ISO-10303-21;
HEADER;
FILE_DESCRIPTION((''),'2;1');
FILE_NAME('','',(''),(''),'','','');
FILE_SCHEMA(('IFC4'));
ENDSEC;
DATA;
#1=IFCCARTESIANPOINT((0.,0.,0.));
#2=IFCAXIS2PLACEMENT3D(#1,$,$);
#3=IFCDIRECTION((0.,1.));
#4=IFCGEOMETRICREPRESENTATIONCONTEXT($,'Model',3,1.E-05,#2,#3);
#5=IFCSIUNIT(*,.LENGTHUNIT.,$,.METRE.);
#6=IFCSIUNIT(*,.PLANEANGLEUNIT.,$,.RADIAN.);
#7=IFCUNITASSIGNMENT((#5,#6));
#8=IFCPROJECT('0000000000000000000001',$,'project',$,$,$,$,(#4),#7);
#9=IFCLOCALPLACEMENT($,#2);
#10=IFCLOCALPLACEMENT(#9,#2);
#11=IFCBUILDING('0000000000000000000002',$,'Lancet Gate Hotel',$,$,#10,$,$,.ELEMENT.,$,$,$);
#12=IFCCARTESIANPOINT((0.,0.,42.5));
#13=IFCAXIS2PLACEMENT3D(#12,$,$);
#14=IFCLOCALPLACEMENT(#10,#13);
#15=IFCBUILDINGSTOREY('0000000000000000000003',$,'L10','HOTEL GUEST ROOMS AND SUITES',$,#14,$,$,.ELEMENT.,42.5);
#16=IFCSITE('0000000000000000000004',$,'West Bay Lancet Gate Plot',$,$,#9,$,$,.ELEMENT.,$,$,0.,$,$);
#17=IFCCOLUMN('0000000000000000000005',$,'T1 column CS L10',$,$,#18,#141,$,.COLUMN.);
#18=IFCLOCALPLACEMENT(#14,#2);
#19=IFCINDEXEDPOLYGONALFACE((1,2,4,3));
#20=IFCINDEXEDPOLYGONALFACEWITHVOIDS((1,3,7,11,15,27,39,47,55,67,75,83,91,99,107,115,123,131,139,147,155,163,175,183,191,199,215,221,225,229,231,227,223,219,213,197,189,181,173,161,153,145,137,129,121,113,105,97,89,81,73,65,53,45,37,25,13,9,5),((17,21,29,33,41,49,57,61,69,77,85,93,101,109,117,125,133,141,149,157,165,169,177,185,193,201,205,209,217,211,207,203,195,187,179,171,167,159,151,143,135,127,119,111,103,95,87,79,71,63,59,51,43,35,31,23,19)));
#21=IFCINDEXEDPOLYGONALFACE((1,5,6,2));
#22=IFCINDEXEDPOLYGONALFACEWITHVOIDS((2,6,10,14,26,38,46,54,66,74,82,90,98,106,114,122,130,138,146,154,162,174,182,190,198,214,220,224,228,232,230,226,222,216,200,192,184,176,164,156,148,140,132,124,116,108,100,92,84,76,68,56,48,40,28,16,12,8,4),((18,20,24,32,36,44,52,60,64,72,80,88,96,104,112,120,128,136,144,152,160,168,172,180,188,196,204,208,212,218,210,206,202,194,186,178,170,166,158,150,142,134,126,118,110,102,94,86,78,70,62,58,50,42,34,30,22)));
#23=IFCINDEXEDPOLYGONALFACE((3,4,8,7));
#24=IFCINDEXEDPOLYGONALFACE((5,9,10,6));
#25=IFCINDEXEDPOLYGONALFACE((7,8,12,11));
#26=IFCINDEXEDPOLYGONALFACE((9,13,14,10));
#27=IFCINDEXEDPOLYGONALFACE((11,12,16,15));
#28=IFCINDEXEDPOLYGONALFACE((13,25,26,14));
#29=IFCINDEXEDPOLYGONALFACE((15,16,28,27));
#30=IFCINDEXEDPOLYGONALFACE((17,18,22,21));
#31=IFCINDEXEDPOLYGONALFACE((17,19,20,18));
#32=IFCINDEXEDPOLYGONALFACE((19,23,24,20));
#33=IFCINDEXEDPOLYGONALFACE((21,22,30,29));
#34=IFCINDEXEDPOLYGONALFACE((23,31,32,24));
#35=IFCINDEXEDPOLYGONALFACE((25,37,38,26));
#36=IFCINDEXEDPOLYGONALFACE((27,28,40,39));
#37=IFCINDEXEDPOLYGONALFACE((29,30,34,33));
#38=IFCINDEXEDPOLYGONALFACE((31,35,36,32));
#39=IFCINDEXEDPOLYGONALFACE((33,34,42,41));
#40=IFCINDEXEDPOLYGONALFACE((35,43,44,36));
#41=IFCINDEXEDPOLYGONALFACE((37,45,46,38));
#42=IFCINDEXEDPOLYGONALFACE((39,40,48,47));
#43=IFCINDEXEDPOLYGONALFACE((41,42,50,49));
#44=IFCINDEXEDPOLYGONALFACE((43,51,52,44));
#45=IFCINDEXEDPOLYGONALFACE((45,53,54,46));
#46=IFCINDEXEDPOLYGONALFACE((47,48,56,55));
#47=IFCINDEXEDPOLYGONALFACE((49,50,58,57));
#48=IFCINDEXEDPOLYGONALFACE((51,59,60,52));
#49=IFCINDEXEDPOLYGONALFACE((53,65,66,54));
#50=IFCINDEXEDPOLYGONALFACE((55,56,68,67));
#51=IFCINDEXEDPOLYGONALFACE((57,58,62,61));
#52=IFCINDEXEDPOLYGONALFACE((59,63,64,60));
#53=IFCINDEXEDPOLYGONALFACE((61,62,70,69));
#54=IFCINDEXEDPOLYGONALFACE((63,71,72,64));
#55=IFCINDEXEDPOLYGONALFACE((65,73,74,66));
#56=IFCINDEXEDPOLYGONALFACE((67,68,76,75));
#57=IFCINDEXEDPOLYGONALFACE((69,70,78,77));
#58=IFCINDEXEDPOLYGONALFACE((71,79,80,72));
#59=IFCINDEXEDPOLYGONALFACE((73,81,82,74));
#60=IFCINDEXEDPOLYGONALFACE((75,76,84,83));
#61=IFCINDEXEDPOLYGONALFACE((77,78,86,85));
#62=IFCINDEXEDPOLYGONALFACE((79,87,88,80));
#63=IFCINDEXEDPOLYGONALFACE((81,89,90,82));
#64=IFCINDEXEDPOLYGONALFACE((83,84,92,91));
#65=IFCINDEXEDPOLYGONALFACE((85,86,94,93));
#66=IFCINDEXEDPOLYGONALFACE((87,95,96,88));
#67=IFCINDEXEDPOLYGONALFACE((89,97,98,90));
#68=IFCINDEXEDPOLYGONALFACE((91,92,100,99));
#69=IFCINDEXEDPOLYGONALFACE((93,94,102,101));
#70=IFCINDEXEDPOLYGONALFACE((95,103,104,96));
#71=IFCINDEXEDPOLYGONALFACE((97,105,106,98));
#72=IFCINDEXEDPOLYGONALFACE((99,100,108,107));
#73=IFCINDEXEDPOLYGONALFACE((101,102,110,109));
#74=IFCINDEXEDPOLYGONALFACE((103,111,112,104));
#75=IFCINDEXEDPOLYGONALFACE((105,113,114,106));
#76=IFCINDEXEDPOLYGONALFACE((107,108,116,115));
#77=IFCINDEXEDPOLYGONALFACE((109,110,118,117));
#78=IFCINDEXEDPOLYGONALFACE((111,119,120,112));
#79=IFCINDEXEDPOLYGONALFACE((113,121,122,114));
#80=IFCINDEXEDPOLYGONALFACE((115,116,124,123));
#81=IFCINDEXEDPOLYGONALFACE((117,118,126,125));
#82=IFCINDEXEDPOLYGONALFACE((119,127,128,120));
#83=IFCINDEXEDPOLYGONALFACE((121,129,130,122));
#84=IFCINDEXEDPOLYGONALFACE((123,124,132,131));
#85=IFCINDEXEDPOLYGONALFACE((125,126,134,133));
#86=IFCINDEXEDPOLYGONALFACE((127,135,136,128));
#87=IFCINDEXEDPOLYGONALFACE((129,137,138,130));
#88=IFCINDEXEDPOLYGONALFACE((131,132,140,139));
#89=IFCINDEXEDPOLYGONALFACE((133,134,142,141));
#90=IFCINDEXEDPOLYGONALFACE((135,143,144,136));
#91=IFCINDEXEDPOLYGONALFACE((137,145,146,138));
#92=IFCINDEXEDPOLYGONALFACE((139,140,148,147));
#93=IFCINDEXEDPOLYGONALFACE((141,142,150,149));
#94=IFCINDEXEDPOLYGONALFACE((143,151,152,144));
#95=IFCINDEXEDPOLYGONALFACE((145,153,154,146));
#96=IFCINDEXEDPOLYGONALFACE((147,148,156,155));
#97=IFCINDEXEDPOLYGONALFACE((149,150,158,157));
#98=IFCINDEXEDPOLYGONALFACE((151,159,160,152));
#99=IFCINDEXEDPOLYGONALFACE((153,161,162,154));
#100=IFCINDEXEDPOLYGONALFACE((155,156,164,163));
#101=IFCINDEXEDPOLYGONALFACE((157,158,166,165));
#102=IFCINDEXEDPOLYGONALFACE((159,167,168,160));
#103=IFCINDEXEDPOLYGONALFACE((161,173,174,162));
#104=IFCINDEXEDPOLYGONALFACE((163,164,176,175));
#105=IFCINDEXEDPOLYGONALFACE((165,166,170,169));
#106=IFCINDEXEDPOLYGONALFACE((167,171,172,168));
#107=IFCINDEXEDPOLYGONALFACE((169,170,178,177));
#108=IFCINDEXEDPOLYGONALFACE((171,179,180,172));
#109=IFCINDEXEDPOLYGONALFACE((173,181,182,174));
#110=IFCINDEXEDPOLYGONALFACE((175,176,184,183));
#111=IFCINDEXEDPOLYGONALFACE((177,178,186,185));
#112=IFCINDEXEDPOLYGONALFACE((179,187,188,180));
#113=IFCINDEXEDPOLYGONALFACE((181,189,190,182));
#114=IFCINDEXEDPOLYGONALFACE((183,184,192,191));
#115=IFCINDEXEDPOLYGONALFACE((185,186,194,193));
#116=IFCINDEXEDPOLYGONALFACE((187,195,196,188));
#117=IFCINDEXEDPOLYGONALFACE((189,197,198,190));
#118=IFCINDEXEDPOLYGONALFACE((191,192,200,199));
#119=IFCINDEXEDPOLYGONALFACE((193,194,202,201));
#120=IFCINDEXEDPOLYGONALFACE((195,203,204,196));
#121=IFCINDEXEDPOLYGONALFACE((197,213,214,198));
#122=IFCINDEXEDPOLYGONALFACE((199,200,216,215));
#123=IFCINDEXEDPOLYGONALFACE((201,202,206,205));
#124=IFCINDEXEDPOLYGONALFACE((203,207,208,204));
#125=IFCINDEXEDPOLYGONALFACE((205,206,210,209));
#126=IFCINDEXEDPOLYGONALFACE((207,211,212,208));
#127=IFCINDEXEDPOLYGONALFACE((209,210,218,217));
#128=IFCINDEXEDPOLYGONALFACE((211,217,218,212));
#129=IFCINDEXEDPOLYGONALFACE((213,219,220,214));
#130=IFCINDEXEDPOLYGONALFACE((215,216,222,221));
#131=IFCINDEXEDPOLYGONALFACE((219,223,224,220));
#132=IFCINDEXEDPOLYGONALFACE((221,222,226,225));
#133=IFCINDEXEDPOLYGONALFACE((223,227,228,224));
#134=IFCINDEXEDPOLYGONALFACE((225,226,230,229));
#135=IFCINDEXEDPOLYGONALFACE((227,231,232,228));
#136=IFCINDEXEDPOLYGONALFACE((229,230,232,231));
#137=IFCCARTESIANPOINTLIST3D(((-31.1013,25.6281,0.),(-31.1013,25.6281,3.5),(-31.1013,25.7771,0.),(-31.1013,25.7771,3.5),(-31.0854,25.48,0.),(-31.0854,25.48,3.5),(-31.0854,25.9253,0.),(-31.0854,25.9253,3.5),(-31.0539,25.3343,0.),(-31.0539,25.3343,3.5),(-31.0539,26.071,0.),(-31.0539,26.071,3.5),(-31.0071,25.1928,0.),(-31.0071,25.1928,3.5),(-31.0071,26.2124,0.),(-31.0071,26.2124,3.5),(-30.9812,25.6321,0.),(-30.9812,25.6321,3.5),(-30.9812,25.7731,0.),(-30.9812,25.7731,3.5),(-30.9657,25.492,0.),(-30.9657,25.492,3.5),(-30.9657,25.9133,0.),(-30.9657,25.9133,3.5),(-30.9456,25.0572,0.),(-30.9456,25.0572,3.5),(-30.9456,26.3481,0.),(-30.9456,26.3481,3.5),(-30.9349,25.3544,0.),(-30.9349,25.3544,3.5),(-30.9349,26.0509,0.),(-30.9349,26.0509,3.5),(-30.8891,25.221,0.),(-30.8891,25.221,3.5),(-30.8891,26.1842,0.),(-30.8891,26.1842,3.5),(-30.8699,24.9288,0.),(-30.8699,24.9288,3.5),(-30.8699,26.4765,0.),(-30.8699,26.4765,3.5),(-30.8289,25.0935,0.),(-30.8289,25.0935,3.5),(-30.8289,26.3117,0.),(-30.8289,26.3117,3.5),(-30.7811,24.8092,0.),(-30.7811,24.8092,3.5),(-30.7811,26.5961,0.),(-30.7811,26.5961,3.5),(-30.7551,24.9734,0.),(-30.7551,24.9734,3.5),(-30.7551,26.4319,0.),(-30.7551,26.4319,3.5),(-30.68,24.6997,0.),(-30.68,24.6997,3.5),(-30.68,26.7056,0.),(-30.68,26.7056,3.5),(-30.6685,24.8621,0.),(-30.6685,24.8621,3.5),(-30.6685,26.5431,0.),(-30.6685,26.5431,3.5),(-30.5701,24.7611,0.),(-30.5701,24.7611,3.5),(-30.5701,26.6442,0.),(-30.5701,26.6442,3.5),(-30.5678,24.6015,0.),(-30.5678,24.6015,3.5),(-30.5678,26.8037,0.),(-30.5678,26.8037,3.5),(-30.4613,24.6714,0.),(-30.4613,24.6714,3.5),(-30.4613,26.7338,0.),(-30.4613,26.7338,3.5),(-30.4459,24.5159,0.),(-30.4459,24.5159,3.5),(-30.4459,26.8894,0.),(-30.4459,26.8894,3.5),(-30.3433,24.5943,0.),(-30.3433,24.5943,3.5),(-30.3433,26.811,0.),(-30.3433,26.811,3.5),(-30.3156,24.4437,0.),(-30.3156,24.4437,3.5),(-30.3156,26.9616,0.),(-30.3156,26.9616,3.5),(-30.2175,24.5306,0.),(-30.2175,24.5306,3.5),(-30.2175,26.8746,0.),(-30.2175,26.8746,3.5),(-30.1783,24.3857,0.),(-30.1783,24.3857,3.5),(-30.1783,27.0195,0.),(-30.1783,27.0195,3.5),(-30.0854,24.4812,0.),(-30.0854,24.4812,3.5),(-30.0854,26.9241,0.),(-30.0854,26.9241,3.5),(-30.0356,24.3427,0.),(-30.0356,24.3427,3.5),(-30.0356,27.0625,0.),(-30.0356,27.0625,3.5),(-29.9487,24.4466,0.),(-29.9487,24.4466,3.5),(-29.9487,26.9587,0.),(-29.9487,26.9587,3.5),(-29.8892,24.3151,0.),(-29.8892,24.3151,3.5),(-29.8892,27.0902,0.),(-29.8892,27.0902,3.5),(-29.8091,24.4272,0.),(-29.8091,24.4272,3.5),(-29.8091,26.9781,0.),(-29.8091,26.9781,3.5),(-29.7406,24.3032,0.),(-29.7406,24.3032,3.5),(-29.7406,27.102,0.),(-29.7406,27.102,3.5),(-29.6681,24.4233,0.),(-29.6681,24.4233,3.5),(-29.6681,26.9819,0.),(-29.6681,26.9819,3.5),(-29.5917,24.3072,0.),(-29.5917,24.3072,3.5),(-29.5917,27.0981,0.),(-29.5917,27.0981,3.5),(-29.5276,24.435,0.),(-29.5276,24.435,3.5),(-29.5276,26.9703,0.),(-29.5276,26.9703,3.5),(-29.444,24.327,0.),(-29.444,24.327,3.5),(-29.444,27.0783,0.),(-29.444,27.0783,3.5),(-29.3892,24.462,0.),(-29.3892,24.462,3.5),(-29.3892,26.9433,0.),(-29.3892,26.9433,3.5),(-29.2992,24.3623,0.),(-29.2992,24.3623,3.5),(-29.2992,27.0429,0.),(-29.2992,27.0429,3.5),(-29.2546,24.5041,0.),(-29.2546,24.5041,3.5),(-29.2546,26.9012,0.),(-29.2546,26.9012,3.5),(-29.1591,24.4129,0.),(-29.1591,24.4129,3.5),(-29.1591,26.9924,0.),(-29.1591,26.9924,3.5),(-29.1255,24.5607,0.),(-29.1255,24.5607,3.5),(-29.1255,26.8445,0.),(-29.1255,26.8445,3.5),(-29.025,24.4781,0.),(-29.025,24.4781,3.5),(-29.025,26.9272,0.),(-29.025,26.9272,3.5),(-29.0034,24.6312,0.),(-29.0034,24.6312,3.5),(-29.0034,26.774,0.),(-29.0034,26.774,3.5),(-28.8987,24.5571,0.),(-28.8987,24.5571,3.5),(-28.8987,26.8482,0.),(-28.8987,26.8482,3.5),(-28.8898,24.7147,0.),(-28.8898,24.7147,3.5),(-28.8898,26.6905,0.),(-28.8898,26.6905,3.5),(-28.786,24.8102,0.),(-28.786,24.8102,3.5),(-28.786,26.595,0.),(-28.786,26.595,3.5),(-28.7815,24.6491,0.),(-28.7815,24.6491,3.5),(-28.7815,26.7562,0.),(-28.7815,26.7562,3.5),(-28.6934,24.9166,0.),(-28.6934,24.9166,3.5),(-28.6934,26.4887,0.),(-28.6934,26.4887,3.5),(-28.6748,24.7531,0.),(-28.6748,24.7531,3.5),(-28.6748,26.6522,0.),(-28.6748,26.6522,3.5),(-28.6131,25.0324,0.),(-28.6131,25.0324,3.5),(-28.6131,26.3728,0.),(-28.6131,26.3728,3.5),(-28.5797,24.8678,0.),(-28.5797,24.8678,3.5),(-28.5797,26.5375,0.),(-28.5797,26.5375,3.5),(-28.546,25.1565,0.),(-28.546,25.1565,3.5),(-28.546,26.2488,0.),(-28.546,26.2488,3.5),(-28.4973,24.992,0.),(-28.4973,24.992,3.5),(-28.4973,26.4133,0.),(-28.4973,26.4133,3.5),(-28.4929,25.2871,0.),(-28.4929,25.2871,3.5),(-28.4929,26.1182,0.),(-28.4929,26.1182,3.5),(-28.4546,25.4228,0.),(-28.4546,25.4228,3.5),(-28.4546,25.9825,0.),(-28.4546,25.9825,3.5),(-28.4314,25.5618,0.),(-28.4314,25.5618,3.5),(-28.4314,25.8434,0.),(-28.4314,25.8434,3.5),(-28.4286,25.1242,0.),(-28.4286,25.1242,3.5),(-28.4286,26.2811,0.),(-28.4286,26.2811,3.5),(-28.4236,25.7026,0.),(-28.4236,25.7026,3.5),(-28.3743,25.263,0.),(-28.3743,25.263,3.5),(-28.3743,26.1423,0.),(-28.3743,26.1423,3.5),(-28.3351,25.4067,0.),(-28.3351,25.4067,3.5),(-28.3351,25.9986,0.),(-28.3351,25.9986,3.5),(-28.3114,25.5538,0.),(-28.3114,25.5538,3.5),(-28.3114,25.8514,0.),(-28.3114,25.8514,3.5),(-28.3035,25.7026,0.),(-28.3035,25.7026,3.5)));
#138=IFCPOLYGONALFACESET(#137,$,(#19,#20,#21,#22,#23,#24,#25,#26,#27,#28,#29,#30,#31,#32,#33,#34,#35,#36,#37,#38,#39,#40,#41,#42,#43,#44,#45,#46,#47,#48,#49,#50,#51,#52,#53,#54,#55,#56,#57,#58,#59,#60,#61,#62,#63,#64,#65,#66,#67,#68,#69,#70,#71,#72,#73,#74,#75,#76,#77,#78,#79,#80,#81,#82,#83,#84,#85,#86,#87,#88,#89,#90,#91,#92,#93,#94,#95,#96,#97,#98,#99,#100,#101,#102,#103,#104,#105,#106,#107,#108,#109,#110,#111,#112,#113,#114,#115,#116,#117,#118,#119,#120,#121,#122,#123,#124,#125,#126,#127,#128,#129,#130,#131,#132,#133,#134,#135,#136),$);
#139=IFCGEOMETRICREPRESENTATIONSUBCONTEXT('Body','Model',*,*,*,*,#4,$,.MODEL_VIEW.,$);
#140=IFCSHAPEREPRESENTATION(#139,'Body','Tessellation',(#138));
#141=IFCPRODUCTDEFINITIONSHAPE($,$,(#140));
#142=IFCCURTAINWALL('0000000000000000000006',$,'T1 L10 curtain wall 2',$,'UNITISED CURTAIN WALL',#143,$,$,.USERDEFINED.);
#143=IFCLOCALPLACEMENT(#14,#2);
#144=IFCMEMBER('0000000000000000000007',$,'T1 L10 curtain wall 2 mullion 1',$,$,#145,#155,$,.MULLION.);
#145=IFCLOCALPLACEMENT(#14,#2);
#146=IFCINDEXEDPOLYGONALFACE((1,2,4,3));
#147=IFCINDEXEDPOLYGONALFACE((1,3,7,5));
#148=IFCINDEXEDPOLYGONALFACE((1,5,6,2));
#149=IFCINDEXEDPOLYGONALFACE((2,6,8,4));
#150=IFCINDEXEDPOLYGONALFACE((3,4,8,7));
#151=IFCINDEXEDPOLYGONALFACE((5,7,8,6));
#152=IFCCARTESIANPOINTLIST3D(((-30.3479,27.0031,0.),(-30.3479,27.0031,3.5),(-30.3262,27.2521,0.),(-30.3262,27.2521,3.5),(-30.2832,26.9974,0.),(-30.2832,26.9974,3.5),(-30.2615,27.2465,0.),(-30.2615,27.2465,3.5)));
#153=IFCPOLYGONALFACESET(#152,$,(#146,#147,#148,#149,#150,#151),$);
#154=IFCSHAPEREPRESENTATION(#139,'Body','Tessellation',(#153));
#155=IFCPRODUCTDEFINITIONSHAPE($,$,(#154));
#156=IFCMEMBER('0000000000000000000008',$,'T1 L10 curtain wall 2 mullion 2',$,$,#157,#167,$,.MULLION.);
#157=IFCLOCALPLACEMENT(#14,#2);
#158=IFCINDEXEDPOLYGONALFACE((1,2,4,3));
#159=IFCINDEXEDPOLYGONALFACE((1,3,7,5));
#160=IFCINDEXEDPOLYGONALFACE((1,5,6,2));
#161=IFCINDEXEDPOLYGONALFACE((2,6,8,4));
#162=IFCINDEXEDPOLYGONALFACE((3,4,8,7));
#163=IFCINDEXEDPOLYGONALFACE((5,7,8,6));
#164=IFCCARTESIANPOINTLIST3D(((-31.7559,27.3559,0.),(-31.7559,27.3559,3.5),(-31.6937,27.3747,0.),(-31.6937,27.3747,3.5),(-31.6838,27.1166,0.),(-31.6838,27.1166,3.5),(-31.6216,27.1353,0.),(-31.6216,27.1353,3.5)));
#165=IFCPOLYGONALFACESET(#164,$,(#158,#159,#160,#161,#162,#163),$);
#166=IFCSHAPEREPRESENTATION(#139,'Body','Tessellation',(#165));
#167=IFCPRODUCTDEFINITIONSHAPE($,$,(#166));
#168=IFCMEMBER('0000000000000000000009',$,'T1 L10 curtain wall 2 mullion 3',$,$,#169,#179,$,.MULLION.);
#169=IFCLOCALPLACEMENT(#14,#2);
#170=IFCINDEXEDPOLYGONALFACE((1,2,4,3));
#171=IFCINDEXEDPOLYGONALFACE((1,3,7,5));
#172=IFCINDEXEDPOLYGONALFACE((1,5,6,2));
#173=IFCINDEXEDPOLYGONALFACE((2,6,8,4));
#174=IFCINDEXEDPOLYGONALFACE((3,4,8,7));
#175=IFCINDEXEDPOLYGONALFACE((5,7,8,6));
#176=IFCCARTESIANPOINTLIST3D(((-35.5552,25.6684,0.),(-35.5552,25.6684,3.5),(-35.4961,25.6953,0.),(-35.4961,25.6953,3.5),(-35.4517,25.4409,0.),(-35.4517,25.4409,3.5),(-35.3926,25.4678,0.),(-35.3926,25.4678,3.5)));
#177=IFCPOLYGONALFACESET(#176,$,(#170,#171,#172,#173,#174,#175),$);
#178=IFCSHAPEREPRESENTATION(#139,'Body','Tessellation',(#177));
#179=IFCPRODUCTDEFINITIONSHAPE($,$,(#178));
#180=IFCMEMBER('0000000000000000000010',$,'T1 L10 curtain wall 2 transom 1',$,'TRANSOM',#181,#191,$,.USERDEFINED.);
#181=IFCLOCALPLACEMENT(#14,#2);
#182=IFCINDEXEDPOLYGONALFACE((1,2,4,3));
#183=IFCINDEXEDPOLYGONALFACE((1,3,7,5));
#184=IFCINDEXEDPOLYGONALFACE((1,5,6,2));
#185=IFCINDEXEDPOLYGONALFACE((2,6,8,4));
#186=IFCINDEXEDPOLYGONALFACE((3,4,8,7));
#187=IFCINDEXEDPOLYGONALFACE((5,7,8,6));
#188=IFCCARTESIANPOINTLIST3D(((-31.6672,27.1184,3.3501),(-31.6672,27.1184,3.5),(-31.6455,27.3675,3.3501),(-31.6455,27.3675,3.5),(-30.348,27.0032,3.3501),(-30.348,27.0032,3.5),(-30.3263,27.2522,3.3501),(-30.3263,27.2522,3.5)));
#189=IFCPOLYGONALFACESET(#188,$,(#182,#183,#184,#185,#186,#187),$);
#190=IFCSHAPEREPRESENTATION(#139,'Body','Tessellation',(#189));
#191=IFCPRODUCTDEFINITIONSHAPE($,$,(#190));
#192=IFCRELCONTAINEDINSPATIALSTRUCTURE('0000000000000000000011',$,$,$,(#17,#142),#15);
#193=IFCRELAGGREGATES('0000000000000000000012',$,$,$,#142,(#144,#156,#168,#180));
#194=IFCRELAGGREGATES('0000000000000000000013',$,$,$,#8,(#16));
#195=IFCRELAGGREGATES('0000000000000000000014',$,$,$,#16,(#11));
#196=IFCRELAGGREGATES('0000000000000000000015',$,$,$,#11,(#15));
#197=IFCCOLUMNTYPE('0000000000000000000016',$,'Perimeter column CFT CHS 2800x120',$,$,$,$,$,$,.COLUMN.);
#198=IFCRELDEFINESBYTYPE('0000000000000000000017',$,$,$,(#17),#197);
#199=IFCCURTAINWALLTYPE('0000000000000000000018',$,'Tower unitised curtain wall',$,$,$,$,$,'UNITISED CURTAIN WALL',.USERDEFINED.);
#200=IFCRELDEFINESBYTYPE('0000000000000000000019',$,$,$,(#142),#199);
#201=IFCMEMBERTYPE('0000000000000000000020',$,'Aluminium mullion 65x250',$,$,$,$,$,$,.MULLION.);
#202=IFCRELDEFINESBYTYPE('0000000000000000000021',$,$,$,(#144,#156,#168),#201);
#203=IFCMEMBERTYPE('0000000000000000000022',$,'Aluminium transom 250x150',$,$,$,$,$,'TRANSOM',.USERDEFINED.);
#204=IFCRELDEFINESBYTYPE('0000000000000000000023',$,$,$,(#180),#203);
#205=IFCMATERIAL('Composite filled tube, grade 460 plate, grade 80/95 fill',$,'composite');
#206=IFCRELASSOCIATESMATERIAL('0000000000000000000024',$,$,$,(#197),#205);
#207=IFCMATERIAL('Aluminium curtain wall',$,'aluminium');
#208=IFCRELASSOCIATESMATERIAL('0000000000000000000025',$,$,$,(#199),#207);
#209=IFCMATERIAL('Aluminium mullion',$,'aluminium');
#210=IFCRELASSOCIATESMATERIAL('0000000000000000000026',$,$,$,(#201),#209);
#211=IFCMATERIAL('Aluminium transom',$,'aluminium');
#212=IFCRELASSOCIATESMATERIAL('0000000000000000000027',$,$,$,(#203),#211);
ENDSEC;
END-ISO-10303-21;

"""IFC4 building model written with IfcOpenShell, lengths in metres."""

from ifc_helpers import new_model, si_unit, direction, frame, origin, origin_2d, place, context, subcontext, project, spatial, rectangle, hollow_circle, extrude, material, material_profile, profile_set, type_object, element, aggregate, save


model = new_model("IFC4")

# Units and contexts
model_context = context("Model", 3, precision=1e-05, world=origin(), true_north=direction((0.0, 1.0)))
body_context = subcontext(model_context, "Body", "Model", "MODEL_VIEW")
ifc_project = project(units=[si_unit("LENGTHUNIT", "METRE"), si_unit("PLANEANGLEUNIT", "RADIAN")], contexts=[model_context])

# Site, building, storey
site_placement = place(None, origin())
site = spatial("IfcSite", under=ifc_project, at=site_placement, Name="West Bay Lancet Gate Plot", CompositionType="ELEMENT", RefElevation=0.0)
building_placement = place(site_placement, origin())
building = spatial("IfcBuilding", under=site, at=building_placement, Name="Lancet Gate Hotel", CompositionType="ELEMENT")
storey_placement = place(building_placement, frame((0.0, 0.0, 42.5)))
storey = spatial("IfcBuildingStorey", under=building, at=storey_placement, Name="L10", Description="HOTEL GUEST ROOMS AND SUITES", CompositionType="ELEMENT", Elevation=42.5)

# Column
ifc_material_1 = material(Name="Composite filled tube, grade 460 plate, grade 80/95 fill", Category="composite")
ifc_material_profile_1 = material_profile(ifc_material_1, hollow_circle(Radius=1.3999, WallThickness=0.1201, at=origin_2d()), Name="CHS 2800x120")
ifc_profile_set_1 = profile_set([ifc_material_profile_1], Name="Composite filled tube, grade 460 plate, grade 80/95 fill")
column_type = type_object("IfcColumnType", Name="Perimeter column CFT CHS 2800x120", PredefinedType="COLUMN", material=ifc_profile_set_1)
column_placement = place(storey_placement, frame((-29.7034, 25.7026, 0.0), z_axis=(0.0, 0.0, 1.0), x_axis=(1.0, 0.0, 0.0)))
element("IfcColumn", 1, at=column_placement, inside=storey, type_object=column_type, Name="T1 column CS L10", PredefinedType="COLUMN", context=body_context, shape_type="SweptSolid", body=[
    extrude(hollow_circle(Radius=1.3999, WallThickness=0.1201, at=origin_2d()), origin(), (0.0, 0.0, 1.0), 3.5),
])

# Curtain wall, members
ifc_material_2 = material(Name="Aluminium curtain wall", Category="aluminium")
curtain_wall_type = type_object("IfcCurtainWallType", Name="Tower unitised curtain wall", ElementType="UNITISED CURTAIN WALL", PredefinedType="USERDEFINED", material=ifc_material_2)
curtain_wall_placement = place(storey_placement, origin())
curtain_wall = element("IfcCurtainWall", 2, at=curtain_wall_placement, inside=storey, type_object=curtain_wall_type, Name="T1 L10 curtain wall 2", ObjectType="UNITISED CURTAIN WALL", PredefinedType="USERDEFINED")
ifc_material_3 = material(Name="Aluminium mullion", Category="aluminium")
ifc_material_profile_2 = material_profile(ifc_material_3, rectangle(XDim=0.0649, YDim=0.25, at=origin_2d()), Name="MULLION 65x250")
ifc_profile_set_2 = profile_set([ifc_material_profile_2], Name="Aluminium mullion")
member_type_1 = type_object("IfcMemberType", Name="Aluminium mullion 65x250", PredefinedType="MULLION", material=ifc_profile_set_2)
member_1_placement = place(storey_placement, frame((-30.3047, 27.1248, 0.0), z_axis=(0.0, 0.0, 1.0), x_axis=(-0.996204, 0.087052, 0.0)))
member_1 = element("IfcMember", 3, at=member_1_placement, type_object=member_type_1, Name="T1 L10 curtain wall 2 mullion 1", PredefinedType="MULLION", context=body_context, shape_type="SweptSolid", body=[
    extrude(rectangle(XDim=0.0649, YDim=0.25, at=origin_2d()), origin(), (0.0, 0.0, 1.0), 3.5),
])
member_2_placement = place(storey_placement, frame((-31.6887, 27.2456, 0.0), z_axis=(0.0, 0.0, 1.0), x_axis=(-0.957524, -0.288352, 0.0)))
member_2 = element("IfcMember", 4, at=member_2_placement, type_object=member_type_1, Name="T1 L10 curtain wall 2 mullion 2", PredefinedType="MULLION", context=body_context, shape_type="SweptSolid", body=[
    extrude(rectangle(XDim=0.0649, YDim=0.25, at=origin_2d()), origin(), (0.0, 0.0, 1.0), 3.5),
])
member_3_placement = place(storey_placement, frame((-35.4739, 25.5681, 0.0), z_axis=(0.0, 0.0, 1.0), x_axis=(-0.91022, -0.414126, 0.0)))
member_3 = element("IfcMember", 5, at=member_3_placement, type_object=member_type_1, Name="T1 L10 curtain wall 2 mullion 3", PredefinedType="MULLION", context=body_context, shape_type="SweptSolid", body=[
    extrude(rectangle(XDim=0.0649, YDim=0.25, at=origin_2d()), origin(), (0.0, 0.0, 1.0), 3.5),
])
ifc_material_4 = material(Name="Aluminium transom", Category="aluminium")
ifc_material_profile_3 = material_profile(ifc_material_4, rectangle(XDim=0.25, YDim=0.1499, at=origin_2d()), Name="TRANSOM 250x150")
ifc_profile_set_3 = profile_set([ifc_material_profile_3], Name="Aluminium transom")
member_type_2 = type_object("IfcMemberType", Name="Aluminium transom 250x150", ElementType="TRANSOM", PredefinedType="USERDEFINED", material=ifc_profile_set_3)
member_4_placement = place(storey_placement, frame((-30.3372, 27.1277, 3.425), z_axis=(-0.996206, 0.087027, 0.0), x_axis=(-0.087027, -0.996206, 0.0)))
member_4 = element("IfcMember", 6, at=member_4_placement, type_object=member_type_2, Name="T1 L10 curtain wall 2 transom 1", ObjectType="TRANSOM", PredefinedType="USERDEFINED", context=body_context, shape_type="SweptSolid", body=[
    extrude(rectangle(XDim=0.25, YDim=0.1499, at=origin_2d()), origin(), (0.0, 0.0, 1.0), 1.3242),
])

aggregate(curtain_wall, [member_1, member_2, member_3, member_4])

save(model, "model.ifc")
